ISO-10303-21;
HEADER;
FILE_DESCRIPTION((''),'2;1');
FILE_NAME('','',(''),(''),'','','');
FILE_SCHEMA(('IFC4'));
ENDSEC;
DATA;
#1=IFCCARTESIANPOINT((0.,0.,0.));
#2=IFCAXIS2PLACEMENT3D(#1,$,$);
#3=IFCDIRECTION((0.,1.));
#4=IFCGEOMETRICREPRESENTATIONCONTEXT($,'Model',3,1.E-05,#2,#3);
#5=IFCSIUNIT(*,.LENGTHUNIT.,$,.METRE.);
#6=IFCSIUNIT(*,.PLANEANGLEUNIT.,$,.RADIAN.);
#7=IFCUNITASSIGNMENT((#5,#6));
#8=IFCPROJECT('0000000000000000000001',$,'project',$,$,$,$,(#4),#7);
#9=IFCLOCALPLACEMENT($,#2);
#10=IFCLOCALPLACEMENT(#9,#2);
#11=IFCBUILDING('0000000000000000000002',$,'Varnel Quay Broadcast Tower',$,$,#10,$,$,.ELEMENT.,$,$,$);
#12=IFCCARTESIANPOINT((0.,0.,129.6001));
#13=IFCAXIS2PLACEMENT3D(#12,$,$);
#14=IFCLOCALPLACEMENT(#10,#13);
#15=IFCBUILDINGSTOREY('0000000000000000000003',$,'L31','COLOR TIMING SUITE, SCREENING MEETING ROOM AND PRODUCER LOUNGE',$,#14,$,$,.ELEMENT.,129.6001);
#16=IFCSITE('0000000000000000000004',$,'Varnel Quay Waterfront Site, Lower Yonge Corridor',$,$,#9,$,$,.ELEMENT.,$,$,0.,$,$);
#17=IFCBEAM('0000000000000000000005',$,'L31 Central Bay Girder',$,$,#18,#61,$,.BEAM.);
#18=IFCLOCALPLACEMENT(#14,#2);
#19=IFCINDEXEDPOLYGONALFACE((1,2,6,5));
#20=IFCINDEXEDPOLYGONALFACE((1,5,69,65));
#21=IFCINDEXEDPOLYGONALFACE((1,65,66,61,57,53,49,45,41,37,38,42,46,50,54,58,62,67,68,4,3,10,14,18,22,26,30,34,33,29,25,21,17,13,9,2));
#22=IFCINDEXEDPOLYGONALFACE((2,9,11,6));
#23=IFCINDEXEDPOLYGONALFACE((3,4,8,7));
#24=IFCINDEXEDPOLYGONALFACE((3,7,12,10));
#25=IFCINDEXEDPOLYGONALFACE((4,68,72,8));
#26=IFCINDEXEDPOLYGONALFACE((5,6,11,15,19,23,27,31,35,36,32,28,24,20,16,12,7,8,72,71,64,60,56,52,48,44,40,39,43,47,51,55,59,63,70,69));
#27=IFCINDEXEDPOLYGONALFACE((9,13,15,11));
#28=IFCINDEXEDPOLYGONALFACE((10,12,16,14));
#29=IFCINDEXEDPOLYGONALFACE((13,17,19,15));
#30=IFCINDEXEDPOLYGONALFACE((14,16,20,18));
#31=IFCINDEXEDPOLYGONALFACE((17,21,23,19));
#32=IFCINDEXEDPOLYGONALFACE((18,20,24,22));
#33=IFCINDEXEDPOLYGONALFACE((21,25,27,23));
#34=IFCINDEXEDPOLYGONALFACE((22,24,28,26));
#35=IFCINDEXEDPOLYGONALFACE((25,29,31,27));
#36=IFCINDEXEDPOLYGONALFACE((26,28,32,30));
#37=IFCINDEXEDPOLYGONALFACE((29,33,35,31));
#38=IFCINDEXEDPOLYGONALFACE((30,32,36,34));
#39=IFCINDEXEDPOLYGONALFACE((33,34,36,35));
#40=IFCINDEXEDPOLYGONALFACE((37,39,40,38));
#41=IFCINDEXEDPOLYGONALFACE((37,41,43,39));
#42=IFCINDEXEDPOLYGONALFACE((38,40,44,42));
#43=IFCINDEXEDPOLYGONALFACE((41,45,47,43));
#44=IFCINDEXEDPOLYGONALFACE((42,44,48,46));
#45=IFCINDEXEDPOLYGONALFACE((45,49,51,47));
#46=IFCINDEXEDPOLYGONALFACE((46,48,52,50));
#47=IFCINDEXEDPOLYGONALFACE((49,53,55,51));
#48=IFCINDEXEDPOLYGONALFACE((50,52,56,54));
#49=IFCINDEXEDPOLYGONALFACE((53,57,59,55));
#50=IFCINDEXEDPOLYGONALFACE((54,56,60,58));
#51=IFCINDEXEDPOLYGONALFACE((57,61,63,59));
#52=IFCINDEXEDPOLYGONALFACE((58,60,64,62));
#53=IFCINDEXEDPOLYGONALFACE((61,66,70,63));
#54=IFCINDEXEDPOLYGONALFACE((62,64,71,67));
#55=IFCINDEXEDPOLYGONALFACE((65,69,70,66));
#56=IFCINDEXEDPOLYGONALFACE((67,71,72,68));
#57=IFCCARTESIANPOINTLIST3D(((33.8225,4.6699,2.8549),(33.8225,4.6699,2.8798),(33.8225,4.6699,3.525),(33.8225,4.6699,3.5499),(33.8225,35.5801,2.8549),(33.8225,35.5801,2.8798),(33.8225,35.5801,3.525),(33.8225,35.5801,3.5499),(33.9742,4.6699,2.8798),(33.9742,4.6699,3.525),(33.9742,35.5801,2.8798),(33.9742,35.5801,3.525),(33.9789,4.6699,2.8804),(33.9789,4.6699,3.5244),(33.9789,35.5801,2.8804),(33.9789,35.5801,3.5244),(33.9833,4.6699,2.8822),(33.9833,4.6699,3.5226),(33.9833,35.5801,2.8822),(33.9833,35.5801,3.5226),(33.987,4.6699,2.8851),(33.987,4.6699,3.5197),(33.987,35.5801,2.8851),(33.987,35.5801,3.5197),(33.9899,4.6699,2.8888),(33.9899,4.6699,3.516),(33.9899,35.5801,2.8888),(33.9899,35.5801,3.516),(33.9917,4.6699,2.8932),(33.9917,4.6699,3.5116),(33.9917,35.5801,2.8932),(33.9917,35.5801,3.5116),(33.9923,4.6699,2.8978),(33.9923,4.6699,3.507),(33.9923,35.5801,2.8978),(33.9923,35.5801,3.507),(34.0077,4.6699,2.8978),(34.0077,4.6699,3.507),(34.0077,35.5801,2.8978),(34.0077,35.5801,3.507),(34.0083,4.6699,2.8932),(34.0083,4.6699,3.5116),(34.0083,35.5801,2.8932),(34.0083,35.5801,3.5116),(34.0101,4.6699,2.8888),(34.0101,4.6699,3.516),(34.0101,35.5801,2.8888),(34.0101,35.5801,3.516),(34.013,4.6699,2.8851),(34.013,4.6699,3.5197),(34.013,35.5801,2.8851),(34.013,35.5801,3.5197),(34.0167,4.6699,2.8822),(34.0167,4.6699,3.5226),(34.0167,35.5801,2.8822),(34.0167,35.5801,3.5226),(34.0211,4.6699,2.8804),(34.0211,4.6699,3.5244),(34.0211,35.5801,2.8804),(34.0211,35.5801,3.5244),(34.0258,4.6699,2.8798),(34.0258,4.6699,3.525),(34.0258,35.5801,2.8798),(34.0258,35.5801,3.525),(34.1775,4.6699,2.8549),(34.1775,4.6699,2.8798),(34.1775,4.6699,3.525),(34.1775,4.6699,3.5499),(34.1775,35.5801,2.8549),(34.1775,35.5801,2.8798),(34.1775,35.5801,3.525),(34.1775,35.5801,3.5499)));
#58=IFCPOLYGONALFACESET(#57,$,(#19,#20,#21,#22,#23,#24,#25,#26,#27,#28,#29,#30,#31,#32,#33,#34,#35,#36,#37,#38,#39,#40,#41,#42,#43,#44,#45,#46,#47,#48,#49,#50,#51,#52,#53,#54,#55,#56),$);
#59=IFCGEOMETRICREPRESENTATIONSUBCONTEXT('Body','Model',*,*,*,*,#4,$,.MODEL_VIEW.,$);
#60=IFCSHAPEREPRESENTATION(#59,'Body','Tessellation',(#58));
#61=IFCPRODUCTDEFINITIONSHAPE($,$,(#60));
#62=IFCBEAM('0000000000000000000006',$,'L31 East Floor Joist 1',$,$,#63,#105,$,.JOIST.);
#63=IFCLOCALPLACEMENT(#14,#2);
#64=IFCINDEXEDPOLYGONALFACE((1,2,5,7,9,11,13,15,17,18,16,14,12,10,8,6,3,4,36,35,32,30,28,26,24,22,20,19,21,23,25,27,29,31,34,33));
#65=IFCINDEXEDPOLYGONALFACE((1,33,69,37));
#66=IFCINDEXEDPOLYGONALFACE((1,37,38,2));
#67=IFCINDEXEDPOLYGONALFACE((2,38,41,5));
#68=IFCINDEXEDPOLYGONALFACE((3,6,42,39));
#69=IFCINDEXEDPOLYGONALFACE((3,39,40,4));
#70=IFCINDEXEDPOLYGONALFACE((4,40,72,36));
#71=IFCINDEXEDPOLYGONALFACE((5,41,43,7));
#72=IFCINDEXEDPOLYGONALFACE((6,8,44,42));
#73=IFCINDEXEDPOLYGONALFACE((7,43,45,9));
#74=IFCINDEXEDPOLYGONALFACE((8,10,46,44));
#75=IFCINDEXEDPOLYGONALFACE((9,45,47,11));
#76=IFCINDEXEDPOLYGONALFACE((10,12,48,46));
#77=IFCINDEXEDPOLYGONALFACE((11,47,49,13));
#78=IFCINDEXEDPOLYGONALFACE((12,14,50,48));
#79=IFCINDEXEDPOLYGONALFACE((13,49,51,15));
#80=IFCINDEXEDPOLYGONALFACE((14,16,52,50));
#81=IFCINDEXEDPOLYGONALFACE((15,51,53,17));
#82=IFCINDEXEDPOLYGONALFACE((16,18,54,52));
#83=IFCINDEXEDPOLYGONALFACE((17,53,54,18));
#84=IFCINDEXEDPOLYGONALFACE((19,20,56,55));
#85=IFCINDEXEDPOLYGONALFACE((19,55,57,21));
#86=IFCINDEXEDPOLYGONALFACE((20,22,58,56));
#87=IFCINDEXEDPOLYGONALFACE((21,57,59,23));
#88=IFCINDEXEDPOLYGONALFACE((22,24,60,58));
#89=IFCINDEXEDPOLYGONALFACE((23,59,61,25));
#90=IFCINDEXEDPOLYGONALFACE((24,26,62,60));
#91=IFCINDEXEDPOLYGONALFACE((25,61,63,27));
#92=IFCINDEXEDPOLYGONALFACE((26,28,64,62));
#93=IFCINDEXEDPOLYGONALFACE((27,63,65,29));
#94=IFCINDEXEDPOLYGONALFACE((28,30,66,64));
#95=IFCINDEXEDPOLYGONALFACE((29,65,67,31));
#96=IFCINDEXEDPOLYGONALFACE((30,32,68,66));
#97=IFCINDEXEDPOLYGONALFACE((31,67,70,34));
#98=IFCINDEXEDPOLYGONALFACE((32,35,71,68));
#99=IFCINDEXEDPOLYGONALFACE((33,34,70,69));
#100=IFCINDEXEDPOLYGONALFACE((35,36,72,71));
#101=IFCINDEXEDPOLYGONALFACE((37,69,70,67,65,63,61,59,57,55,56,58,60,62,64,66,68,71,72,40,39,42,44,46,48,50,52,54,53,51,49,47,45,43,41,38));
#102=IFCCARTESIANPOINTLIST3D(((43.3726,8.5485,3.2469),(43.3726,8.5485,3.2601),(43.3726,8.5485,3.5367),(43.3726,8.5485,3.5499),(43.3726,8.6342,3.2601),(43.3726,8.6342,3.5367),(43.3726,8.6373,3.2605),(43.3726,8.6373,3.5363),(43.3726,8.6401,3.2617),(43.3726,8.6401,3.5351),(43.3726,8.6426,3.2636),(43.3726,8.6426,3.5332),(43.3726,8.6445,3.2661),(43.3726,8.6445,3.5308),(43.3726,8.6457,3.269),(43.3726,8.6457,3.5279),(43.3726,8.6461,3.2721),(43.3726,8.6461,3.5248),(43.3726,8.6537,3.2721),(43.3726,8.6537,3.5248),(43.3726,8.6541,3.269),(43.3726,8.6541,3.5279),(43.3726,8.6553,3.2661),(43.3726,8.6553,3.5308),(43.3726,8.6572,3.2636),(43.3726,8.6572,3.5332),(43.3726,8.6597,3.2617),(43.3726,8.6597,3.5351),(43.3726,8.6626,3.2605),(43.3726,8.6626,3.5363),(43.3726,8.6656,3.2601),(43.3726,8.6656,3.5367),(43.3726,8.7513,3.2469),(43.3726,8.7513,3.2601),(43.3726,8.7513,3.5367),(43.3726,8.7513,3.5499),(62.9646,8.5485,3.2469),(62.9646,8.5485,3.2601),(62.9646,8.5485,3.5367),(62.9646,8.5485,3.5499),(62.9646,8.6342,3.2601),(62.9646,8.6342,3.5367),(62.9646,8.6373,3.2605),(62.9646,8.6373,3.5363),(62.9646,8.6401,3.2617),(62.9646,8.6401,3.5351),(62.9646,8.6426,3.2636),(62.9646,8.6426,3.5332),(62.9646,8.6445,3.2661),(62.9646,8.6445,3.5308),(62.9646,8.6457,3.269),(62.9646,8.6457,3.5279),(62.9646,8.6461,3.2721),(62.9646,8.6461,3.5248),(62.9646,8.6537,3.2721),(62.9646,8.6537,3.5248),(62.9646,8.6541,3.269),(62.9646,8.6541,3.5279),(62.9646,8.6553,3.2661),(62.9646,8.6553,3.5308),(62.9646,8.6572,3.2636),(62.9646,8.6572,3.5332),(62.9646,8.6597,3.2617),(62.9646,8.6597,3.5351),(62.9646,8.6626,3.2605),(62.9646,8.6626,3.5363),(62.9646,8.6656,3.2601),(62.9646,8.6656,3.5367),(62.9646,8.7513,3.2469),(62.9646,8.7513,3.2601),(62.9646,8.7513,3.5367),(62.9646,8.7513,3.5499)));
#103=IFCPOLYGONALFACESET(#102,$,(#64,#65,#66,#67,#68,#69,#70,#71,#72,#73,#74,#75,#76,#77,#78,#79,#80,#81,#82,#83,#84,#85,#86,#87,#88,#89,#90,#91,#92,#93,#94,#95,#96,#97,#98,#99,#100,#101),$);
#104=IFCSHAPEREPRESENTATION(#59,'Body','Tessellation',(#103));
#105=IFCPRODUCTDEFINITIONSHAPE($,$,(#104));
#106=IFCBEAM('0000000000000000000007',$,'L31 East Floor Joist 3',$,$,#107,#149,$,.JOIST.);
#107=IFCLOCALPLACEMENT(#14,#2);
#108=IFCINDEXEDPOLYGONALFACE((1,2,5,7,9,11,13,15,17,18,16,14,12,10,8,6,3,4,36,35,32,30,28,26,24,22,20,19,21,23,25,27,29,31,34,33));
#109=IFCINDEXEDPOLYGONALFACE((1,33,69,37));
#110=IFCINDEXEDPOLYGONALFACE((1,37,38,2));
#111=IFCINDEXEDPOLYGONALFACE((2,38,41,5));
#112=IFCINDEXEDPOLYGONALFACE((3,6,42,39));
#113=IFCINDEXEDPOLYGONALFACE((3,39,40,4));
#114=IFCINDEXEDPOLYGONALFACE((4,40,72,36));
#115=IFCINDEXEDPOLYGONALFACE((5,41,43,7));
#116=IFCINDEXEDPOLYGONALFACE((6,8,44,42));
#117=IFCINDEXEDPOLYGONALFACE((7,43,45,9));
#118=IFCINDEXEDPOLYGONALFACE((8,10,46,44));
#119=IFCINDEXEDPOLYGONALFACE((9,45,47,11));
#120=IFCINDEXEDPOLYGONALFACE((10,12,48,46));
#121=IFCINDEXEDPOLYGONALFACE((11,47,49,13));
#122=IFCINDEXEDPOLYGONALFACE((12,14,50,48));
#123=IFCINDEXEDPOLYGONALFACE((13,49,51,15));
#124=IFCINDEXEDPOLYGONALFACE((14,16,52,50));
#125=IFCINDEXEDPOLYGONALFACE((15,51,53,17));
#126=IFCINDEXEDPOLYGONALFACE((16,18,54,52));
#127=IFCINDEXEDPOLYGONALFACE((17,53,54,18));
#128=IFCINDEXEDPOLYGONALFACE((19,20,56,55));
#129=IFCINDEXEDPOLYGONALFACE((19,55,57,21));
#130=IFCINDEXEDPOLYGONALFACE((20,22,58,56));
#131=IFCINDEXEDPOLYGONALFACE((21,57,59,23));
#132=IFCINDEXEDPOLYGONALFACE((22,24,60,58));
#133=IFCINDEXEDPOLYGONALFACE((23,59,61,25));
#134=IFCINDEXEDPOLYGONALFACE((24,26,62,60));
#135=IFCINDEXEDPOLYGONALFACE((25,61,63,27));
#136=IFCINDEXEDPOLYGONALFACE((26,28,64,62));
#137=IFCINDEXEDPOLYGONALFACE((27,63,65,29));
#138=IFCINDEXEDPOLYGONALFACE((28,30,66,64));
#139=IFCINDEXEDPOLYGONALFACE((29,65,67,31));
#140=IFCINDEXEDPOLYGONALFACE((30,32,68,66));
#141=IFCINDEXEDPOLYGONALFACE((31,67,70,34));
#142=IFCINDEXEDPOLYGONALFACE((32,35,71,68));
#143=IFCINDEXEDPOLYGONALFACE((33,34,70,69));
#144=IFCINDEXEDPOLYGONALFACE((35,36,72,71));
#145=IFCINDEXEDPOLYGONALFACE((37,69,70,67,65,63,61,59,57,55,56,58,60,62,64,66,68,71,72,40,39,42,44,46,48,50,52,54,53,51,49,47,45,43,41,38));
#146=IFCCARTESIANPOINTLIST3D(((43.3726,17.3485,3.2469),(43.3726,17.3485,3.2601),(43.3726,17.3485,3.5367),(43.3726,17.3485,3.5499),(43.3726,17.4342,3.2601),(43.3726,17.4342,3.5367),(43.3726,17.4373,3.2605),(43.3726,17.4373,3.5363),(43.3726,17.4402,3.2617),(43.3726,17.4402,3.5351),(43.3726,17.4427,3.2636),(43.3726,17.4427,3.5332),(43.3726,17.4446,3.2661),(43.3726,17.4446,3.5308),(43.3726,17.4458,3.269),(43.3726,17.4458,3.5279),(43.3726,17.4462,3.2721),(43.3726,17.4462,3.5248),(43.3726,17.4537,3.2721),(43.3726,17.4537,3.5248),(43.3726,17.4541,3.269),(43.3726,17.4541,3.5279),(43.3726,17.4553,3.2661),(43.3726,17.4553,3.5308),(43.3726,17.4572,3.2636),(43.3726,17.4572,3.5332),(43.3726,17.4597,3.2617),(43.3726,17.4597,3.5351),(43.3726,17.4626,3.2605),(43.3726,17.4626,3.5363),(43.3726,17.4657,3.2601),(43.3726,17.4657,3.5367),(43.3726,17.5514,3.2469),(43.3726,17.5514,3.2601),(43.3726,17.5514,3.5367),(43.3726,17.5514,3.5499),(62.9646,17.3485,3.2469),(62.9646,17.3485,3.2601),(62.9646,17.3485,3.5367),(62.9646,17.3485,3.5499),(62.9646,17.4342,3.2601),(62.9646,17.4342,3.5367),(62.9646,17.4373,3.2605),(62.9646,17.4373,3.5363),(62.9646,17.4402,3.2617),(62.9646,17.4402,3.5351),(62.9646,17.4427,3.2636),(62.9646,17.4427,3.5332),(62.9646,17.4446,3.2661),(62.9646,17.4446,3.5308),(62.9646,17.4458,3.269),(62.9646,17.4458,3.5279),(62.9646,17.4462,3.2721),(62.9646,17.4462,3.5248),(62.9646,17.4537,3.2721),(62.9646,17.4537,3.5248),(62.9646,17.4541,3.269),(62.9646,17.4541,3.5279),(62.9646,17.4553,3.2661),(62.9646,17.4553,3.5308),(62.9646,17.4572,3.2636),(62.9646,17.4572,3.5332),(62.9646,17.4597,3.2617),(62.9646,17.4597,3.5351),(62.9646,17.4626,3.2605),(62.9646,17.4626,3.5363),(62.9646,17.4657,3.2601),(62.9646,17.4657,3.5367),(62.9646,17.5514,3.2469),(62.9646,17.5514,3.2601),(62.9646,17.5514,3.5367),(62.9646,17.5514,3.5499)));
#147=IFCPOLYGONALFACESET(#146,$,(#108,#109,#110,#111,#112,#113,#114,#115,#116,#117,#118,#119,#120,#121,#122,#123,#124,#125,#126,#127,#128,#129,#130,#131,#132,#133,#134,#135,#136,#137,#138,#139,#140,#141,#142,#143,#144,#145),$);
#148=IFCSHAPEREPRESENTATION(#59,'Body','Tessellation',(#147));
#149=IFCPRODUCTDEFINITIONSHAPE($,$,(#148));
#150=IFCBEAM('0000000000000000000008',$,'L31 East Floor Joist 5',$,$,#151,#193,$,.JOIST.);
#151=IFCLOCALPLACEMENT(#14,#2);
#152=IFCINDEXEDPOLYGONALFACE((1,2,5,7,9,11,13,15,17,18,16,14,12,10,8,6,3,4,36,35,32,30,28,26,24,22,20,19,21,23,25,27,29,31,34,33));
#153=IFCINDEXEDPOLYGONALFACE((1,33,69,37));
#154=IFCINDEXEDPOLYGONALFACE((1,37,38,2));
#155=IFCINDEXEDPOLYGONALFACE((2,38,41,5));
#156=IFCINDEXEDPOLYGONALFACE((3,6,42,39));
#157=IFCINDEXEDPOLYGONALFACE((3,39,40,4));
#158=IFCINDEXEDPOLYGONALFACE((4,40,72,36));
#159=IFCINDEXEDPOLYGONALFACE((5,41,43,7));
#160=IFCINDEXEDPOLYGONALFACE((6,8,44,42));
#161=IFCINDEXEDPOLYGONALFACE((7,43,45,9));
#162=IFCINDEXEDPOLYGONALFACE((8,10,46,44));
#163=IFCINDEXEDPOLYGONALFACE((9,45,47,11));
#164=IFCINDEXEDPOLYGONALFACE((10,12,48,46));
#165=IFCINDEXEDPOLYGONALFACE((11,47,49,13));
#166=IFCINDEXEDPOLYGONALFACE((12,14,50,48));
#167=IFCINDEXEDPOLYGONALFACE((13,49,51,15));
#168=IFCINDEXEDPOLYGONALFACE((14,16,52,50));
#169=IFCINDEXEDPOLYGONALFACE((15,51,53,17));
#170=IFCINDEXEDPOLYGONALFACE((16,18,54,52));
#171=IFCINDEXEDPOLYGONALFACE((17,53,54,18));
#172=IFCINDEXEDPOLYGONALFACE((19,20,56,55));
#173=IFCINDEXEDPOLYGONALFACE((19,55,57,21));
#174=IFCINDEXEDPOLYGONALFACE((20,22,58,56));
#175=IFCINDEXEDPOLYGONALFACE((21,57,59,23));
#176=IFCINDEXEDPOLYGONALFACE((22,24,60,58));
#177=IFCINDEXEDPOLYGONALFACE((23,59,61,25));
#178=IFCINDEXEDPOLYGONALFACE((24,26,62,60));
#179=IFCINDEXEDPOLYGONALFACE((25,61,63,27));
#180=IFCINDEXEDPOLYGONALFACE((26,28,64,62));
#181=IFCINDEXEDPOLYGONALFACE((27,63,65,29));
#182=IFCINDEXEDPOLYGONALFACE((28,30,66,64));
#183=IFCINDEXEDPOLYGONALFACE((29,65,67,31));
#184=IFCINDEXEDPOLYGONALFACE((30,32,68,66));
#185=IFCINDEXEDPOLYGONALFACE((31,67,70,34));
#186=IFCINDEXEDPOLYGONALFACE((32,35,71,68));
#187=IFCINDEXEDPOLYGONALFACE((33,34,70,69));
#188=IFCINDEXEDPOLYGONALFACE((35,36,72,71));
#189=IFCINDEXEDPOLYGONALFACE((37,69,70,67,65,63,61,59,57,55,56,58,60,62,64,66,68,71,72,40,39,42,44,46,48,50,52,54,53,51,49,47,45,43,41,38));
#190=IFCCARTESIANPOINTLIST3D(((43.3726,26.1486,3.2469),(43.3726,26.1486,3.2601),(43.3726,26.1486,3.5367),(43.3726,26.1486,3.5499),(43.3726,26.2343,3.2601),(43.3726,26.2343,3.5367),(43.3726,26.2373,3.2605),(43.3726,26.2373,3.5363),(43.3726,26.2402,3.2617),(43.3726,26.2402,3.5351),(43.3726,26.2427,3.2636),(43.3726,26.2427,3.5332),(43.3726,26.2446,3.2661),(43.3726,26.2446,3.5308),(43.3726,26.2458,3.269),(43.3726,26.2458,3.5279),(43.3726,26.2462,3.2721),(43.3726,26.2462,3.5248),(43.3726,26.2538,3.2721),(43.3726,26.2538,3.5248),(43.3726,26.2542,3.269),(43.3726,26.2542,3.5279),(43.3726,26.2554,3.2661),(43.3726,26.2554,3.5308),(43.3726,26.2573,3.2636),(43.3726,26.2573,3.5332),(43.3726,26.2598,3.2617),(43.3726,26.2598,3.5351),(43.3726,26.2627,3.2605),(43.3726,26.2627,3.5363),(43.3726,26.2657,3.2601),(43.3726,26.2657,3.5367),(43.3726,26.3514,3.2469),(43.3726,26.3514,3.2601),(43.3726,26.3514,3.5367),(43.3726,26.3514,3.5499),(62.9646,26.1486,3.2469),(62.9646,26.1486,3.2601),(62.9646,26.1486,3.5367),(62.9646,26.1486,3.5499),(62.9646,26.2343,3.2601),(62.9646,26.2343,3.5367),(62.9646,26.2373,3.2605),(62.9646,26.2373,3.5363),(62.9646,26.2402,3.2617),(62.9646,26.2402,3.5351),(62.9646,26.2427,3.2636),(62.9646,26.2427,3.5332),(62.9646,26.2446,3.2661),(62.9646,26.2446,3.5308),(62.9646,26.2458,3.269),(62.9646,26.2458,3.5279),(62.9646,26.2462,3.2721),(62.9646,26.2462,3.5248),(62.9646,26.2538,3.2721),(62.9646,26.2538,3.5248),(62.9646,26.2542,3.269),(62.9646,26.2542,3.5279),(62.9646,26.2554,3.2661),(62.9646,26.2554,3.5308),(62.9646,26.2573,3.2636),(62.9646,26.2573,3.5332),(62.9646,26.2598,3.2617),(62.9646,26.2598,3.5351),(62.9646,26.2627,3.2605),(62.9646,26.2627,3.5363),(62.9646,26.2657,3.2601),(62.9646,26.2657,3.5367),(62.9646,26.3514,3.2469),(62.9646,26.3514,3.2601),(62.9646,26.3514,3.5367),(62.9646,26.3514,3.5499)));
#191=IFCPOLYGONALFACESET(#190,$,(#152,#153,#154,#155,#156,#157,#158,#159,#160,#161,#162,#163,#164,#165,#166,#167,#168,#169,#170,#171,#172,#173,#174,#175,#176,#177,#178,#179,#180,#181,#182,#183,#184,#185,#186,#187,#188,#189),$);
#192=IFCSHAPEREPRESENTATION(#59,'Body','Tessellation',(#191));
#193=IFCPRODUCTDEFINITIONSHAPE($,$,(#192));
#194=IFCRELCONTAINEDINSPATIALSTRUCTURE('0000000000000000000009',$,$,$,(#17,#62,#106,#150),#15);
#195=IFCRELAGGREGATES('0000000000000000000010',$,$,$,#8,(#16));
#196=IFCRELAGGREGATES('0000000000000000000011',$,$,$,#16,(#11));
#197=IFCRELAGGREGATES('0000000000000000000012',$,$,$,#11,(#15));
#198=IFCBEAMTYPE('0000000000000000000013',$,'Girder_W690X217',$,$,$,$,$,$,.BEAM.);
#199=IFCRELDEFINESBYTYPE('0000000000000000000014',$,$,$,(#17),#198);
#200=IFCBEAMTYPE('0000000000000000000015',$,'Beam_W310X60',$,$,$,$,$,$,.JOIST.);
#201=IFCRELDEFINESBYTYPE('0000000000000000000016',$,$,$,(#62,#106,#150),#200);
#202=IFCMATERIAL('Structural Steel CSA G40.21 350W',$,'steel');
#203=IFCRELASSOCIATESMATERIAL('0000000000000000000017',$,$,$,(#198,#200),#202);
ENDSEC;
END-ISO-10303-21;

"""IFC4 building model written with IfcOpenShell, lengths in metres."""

from ifc_helpers import new_model, si_unit, direction, frame, origin, origin_2d, place, context, subcontext, project, spatial, i_section, extrude, source, transform, mapped, material, material_profile, profile_set, type_object, type_shapes, element, save


model = new_model("IFC4")

# Units and contexts
model_context = context("Model", 3, precision=1e-05, world=origin(), true_north=direction((0.0, 1.0)))
body_context = subcontext(model_context, "Body", "Model", "MODEL_VIEW")
ifc_project = project(units=[si_unit("LENGTHUNIT", "METRE"), si_unit("PLANEANGLEUNIT", "RADIAN")], contexts=[model_context])

# Site, building, storey
site_placement = place(None, origin())
site = spatial("IfcSite", under=ifc_project, at=site_placement, Name="Varnel Quay Waterfront Site, Lower Yonge Corridor", CompositionType="ELEMENT", RefElevation=0.0)
building_placement = place(site_placement, origin())
building = spatial("IfcBuilding", under=site, at=building_placement, Name="Varnel Quay Broadcast Tower", CompositionType="ELEMENT")
storey_placement = place(building_placement, frame((0.0, 0.0, 129.6001)))
storey = spatial("IfcBuildingStorey", under=building, at=storey_placement, Name="L31", Description="COLOR TIMING SUITE, SCREENING MEETING ROOM AND PRODUCER LOUNGE", CompositionType="ELEMENT", Elevation=129.6001)

# Shared definitions
ifc_material_1 = material(Name="Structural Steel CSA G40.21 350W", Category="steel")

# Beams
ifc_material_profile_1 = material_profile(ifc_material_1, i_section(OverallWidth=0.355, OverallDepth=0.6951, WebThickness=0.0154, FlangeThickness=0.0249, FilletRadius=0.0181, at=origin_2d()), Name="W690X217")
ifc_profile_set_1 = profile_set([ifc_material_profile_1], Name="Structural Steel CSA G40.21 350W")
beam_type_1 = type_object("IfcBeamType", Name="Girder_W690X217", PredefinedType="BEAM", material=ifc_profile_set_1)
shared_shape_1 = source(origin(), body_context, "Body", "SweptSolid", [
    extrude(i_section(OverallWidth=0.355, OverallDepth=0.6951, WebThickness=0.0154, FlangeThickness=0.0249, FilletRadius=0.0181, at=origin_2d()), origin(), (0.0, 0.0, 1.0), 30.9102),
])
beam_1_placement = place(storey_placement, frame((34.0, 4.6699, 3.2024), z_axis=(0.0, 1.0, 0.0), x_axis=(-1.0, 0.0, 0.0)))
element("IfcBeam", 1, at=beam_1_placement, inside=storey, type_object=beam_type_1, Name="L31 Central Bay Girder", PredefinedType="BEAM", context=body_context, shape_type="MappedRepresentation", body=[
    mapped(shared_shape_1, transform((0.0, 0.0, 0.0), x_axis=(1.0, 0.0, 0.0), y_axis=(0.0, 1.0, 0.0), z_axis=(0.0, 0.0, 1.0), scale=1.0)),
])
ifc_material_profile_2 = material_profile(ifc_material_1, i_section(OverallWidth=0.2029, OverallDepth=0.303, WebThickness=0.0076, FlangeThickness=0.0132, FilletRadius=0.012, at=origin_2d()), Name="W310X60")
ifc_profile_set_2 = profile_set([ifc_material_profile_2], Name="Structural Steel CSA G40.21 350W")
beam_type_2 = type_object("IfcBeamType", Name="Beam_W310X60", PredefinedType="JOIST", material=ifc_profile_set_2)
shared_shape_2 = source(origin(), body_context, "Body", "SweptSolid", [
    extrude(i_section(OverallWidth=0.2029, OverallDepth=0.303, WebThickness=0.0076, FlangeThickness=0.0132, FilletRadius=0.012, at=origin_2d()), origin(), (0.0, 0.0, 1.0), 19.592),
])
type_shapes(beam_type_2, [shared_shape_2])
for number, where, z_axis, x_axis, name in (
    (2, (43.3726, 8.6499, 3.3984), (1.0, 0.0, 0.0), (0.0, 1.0, 0.0), "L31 East Floor Joist 1"),
    (3, (43.3726, 17.45, 3.3984), (1.0, 0.0, 0.0), (0.0, 1.0, 0.0), "L31 East Floor Joist 3"),
    (4, (43.3726, 26.25, 3.3984), (1.0, 0.0, 0.0), (0.0, 1.0, 0.0), "L31 East Floor Joist 5"),
):
    element("IfcBeam", number, at=place(storey_placement, frame(where, z_axis=z_axis, x_axis=x_axis)), inside=storey, type_object=beam_type_2, Name=name, PredefinedType="JOIST", context=body_context, shape_type="MappedRepresentation", body=[
        mapped(shared_shape_2, transform((0.0, 0.0, 0.0), x_axis=(1.0, 0.0, 0.0), y_axis=(0.0, 1.0, 0.0), z_axis=(0.0, 0.0, 1.0), scale=1.0)),
    ])

save(model, "model.ifc")
